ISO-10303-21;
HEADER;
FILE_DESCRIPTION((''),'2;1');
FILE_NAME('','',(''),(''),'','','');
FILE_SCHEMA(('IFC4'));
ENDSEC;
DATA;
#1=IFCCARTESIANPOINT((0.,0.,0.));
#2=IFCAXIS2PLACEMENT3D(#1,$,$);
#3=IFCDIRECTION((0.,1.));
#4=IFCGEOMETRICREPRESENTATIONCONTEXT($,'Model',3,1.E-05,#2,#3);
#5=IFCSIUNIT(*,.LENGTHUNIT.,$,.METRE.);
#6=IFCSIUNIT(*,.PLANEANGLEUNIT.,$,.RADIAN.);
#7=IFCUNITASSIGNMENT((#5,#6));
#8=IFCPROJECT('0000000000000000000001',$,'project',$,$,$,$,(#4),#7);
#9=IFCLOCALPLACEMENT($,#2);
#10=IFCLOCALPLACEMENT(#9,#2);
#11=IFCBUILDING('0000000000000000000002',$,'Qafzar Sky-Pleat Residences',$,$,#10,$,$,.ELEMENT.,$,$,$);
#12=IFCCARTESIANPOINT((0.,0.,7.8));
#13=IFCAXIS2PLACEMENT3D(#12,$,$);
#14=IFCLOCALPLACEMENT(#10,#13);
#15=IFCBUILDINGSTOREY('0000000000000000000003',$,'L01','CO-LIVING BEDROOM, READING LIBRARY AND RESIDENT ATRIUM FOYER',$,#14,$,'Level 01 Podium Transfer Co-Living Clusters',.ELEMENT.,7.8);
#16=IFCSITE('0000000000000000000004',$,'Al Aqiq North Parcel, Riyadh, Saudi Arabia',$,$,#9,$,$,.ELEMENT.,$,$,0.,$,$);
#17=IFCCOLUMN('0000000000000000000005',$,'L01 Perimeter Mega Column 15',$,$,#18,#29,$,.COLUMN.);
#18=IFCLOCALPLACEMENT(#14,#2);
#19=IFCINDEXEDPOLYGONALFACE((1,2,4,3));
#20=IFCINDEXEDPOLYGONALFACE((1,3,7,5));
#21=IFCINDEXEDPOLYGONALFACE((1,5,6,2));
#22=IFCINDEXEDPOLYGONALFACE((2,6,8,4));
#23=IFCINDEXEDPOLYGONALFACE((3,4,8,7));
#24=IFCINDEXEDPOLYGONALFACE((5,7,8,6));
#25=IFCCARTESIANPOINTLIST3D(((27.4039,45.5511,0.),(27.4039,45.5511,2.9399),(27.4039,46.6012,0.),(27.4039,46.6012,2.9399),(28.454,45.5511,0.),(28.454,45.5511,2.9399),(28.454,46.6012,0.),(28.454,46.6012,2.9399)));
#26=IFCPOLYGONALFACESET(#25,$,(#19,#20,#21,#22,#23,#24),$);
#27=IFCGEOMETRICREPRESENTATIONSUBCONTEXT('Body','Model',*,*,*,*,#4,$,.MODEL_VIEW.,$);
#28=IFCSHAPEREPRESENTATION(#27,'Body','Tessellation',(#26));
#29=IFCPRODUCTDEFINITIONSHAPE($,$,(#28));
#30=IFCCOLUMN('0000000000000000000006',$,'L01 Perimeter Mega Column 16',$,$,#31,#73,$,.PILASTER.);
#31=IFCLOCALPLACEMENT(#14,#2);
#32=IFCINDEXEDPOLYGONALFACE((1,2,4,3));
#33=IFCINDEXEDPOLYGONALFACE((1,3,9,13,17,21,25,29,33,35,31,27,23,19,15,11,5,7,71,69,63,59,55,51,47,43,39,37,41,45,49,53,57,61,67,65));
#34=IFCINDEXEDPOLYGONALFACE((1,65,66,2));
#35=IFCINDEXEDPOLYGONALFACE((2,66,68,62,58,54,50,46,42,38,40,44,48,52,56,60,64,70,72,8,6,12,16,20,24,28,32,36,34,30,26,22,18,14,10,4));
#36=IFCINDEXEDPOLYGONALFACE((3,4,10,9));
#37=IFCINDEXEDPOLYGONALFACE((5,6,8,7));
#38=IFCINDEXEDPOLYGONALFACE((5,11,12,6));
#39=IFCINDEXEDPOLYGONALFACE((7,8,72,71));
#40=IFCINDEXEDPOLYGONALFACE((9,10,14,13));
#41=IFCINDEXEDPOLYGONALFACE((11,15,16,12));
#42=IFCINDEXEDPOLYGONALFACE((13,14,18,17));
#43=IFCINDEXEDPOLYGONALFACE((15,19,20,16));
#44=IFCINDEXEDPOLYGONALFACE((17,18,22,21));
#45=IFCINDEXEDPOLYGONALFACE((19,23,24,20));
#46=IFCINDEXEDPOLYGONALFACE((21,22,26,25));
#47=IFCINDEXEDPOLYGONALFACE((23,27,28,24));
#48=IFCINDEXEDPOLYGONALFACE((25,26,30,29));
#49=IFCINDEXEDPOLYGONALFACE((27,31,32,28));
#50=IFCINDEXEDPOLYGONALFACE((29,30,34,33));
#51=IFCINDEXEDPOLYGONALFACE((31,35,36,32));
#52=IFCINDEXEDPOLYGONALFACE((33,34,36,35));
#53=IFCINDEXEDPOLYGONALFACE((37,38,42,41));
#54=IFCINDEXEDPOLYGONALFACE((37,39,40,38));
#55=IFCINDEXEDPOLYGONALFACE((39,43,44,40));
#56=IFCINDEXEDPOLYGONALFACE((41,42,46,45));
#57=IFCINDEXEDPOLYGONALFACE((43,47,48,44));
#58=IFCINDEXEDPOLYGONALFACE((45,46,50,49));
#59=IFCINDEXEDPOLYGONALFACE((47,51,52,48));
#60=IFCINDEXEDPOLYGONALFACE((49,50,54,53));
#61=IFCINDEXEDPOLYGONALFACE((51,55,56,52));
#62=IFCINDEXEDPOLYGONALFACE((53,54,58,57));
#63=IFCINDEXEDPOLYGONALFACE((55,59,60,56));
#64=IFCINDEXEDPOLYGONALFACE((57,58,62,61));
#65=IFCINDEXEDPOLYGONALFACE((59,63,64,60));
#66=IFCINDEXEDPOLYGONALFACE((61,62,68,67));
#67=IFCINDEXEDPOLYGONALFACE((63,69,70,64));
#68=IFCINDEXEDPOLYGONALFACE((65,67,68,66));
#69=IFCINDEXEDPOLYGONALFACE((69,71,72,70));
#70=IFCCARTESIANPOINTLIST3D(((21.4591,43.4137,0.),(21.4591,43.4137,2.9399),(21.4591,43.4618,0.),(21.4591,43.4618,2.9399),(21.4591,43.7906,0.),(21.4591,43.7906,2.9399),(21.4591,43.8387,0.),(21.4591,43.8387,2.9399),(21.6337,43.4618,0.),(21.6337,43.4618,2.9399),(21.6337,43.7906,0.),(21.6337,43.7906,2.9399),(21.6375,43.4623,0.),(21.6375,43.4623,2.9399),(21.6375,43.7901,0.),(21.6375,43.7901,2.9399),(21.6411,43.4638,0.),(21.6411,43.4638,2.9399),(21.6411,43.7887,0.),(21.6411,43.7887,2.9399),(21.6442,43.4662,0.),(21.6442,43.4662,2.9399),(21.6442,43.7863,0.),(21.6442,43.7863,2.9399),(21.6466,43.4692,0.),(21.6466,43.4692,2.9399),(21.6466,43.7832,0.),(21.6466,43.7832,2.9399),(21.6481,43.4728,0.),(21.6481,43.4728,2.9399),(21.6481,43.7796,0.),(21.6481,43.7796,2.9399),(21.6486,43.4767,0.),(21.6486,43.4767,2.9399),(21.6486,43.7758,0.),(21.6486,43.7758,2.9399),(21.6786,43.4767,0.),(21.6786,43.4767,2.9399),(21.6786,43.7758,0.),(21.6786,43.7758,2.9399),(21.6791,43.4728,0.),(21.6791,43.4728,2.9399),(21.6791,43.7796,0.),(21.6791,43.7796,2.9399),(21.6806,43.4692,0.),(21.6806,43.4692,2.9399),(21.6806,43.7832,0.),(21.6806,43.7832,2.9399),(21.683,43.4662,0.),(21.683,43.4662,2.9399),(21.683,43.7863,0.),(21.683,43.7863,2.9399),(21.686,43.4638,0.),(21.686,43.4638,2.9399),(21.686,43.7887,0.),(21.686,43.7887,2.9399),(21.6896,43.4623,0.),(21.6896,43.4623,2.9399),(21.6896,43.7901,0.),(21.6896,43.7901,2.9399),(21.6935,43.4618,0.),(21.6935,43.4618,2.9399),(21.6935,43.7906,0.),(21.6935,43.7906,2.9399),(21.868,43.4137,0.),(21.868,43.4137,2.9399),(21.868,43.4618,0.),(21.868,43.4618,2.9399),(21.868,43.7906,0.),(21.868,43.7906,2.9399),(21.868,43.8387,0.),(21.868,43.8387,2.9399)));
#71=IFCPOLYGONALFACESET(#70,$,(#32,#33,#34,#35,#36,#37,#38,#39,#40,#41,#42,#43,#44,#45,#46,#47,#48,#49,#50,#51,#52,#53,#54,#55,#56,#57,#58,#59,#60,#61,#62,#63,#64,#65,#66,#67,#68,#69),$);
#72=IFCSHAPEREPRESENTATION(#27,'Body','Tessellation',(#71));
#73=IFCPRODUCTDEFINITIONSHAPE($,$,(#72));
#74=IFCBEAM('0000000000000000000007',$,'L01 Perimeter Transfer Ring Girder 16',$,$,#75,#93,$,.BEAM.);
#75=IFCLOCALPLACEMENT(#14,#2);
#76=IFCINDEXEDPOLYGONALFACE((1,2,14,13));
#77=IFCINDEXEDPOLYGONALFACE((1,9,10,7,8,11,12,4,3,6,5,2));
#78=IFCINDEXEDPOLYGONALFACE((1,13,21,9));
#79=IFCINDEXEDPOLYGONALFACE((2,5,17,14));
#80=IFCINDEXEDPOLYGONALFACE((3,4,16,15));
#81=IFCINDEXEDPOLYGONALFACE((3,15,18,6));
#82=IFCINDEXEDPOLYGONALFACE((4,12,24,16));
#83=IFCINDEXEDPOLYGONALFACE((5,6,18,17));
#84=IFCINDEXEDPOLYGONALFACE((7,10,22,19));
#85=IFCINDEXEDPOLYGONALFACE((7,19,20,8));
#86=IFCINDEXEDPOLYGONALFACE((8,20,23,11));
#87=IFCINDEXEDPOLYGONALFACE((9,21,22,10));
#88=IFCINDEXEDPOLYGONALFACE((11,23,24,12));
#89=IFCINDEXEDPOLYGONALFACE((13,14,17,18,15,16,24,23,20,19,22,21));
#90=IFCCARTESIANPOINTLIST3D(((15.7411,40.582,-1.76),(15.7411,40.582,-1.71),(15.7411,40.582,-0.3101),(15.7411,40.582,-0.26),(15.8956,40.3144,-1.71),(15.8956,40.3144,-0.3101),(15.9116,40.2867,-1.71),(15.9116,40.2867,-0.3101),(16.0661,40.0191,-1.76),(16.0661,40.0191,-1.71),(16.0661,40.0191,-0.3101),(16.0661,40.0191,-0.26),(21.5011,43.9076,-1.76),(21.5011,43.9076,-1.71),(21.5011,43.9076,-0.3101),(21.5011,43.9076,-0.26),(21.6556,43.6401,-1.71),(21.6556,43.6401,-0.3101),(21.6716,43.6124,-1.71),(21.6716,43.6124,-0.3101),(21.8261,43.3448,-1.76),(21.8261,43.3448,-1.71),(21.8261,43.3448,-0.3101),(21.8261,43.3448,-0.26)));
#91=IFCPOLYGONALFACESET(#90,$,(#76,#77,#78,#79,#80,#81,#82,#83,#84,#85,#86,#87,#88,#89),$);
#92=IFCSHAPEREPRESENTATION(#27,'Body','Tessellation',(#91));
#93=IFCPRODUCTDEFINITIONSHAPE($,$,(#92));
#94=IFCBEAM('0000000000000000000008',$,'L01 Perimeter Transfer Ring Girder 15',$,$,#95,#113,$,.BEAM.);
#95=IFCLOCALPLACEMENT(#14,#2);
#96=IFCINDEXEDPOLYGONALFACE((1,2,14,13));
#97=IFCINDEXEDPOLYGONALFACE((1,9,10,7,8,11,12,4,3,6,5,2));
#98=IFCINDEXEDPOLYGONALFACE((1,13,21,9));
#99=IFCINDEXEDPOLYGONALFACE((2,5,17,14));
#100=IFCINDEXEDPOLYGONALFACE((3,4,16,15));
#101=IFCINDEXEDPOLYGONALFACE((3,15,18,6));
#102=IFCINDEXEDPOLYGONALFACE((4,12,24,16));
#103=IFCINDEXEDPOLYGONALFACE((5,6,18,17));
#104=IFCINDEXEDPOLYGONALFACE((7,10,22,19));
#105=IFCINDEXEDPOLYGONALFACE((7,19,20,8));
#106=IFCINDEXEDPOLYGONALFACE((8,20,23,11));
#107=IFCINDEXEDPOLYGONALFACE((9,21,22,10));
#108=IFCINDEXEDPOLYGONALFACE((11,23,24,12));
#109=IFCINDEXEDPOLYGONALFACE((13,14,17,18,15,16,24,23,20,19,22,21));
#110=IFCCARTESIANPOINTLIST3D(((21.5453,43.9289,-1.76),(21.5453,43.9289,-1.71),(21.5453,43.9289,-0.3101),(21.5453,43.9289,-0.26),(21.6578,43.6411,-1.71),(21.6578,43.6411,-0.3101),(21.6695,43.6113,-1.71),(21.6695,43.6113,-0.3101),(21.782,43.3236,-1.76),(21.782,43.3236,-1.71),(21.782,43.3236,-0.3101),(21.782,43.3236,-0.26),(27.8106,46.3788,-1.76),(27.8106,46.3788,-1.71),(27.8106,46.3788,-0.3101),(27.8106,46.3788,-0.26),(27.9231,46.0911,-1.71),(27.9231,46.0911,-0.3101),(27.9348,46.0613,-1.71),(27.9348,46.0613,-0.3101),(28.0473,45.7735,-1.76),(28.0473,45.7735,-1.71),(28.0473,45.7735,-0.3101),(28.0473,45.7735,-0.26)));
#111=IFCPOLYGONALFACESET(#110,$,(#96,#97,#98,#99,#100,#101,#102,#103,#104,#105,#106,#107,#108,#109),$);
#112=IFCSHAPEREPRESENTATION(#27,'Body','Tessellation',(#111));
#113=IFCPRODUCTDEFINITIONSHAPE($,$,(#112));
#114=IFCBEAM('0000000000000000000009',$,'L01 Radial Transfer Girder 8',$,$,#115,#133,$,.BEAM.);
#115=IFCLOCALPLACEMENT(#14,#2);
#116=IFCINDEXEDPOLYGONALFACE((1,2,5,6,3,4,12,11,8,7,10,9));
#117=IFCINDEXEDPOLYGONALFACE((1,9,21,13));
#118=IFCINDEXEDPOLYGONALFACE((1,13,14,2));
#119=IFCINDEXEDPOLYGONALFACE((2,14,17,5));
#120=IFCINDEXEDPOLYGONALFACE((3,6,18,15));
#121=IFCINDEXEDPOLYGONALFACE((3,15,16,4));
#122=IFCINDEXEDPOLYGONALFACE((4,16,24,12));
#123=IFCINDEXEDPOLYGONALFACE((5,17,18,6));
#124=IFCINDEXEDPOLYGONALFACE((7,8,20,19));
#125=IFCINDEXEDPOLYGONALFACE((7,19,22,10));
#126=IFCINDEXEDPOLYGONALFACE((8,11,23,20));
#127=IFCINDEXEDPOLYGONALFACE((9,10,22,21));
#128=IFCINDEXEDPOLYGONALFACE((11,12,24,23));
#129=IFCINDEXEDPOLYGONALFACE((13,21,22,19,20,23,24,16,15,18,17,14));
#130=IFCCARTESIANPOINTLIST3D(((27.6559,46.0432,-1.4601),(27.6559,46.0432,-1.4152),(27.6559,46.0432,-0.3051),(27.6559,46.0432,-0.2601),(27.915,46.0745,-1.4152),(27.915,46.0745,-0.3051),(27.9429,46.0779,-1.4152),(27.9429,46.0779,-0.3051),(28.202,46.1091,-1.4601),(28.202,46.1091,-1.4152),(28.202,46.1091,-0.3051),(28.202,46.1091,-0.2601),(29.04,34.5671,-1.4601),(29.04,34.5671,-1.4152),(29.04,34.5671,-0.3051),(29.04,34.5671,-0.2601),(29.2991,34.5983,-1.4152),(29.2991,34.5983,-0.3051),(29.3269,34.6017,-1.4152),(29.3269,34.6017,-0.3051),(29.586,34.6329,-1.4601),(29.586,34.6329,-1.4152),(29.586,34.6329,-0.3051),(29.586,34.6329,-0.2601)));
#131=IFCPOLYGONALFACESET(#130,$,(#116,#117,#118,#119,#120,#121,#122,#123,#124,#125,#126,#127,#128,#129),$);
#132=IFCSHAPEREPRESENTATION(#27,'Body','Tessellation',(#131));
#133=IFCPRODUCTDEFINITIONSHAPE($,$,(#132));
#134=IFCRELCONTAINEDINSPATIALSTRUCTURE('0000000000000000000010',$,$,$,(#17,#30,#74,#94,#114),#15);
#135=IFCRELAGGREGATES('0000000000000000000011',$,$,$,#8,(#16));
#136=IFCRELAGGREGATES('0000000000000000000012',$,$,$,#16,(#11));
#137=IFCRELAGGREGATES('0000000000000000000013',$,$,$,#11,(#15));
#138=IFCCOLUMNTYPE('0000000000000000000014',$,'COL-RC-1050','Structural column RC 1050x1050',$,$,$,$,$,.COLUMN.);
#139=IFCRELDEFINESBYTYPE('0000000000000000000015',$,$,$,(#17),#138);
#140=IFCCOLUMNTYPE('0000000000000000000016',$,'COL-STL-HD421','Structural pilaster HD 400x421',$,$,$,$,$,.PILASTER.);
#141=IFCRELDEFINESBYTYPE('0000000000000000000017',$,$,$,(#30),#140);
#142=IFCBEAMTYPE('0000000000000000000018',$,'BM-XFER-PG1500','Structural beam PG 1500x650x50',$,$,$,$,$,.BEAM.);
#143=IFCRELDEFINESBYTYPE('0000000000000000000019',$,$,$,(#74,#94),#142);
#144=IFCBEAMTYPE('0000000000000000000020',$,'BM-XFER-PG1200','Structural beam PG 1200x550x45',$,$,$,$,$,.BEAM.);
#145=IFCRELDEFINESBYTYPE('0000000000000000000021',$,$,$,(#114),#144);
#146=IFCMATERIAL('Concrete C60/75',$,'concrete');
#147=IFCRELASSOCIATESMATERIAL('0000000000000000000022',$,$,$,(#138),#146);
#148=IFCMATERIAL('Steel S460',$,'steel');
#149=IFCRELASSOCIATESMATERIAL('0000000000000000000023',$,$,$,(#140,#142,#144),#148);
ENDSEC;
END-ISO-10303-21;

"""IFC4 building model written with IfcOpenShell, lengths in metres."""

from ifc_helpers import new_model, si_unit, direction, frame, origin, origin_2d, place, context, subcontext, project, spatial, rectangle, i_section, extrude, source, transform, mapped, material, material_profile, profile_set, type_object, element, save


model = new_model("IFC4")

# Units and contexts
model_context = context("Model", 3, precision=1e-05, world=origin(), true_north=direction((0.0, 1.0)))
body_context = subcontext(model_context, "Body", "Model", "MODEL_VIEW")
ifc_project = project(units=[si_unit("LENGTHUNIT", "METRE"), si_unit("PLANEANGLEUNIT", "RADIAN")], contexts=[model_context])

# Site, building, storey
site_placement = place(None, origin())
site = spatial("IfcSite", under=ifc_project, at=site_placement, Name="Al Aqiq North Parcel, Riyadh, Saudi Arabia", CompositionType="ELEMENT", RefElevation=0.0)
building_placement = place(site_placement, origin())
building = spatial("IfcBuilding", under=site, at=building_placement, Name="Qafzar Sky-Pleat Residences", CompositionType="ELEMENT")
storey_placement = place(building_placement, frame((0.0, 0.0, 7.8)))
storey = spatial("IfcBuildingStorey", under=building, at=storey_placement, Name="L01", Description="CO-LIVING BEDROOM, READING LIBRARY AND RESIDENT ATRIUM FOYER", LongName="Level 01 Podium Transfer Co-Living Clusters", CompositionType="ELEMENT", Elevation=7.8)

# Columns
ifc_material_1 = material(Name="Concrete C60/75", Category="concrete")
ifc_material_profile_1 = material_profile(ifc_material_1, rectangle(XDim=1.05, YDim=1.05, at=origin_2d()), Name="RC 1050x1050")
ifc_profile_set_1 = profile_set([ifc_material_profile_1], Name="Concrete C60/75")
column_type_1 = type_object("IfcColumnType", Name="COL-RC-1050", Description="Structural column RC 1050x1050", PredefinedType="COLUMN", material=ifc_profile_set_1)
shared_shape_1 = source(origin(), body_context, "Body", "SweptSolid", [
    extrude(rectangle(XDim=1.05, YDim=1.05, at=origin_2d()), origin(), (0.0, 0.0, 1.0), 2.9399),
])
column_1_placement = place(storey_placement, frame((27.929, 46.0762, 0.0), z_axis=(0.0, 0.0, 1.0), x_axis=(1.0, 0.0, 0.0)))
element("IfcColumn", 1, at=column_1_placement, inside=storey, type_object=column_type_1, Name="L01 Perimeter Mega Column 15", PredefinedType="COLUMN", context=body_context, shape_type="MappedRepresentation", body=[
    mapped(shared_shape_1, transform((0.0, 0.0, 0.0), x_axis=(1.0, 0.0, 0.0), y_axis=(0.0, 1.0, 0.0), z_axis=(0.0, 0.0, 1.0), scale=1.0)),
])
ifc_material_2 = material(Name="Steel S460", Category="steel")
ifc_material_profile_2 = material_profile(ifc_material_2, i_section(OverallWidth=0.4089, OverallDepth=0.425, WebThickness=0.03, FlangeThickness=0.0481, FilletRadius=0.0149, at=origin_2d()), Name="HD 400x421")
ifc_profile_set_2 = profile_set([ifc_material_profile_2], Name="Steel S460")
column_type_2 = type_object("IfcColumnType", Name="COL-STL-HD421", Description="Structural pilaster HD 400x421", PredefinedType="PILASTER", material=ifc_profile_set_2)
shared_shape_2 = source(origin(), body_context, "Body", "SweptSolid", [
    extrude(i_section(OverallWidth=0.4089, OverallDepth=0.425, WebThickness=0.03, FlangeThickness=0.0481, FilletRadius=0.0149, at=origin_2d()), origin(), (0.0, 0.0, 1.0), 2.9399),
])
column_2_placement = place(storey_placement, frame((21.6636, 43.6262, 0.0), z_axis=(0.0, 0.0, 1.0), x_axis=(1.0, 0.0, 0.0)))
element("IfcColumn", 2, at=column_2_placement, inside=storey, type_object=column_type_2, Name="L01 Perimeter Mega Column 16", PredefinedType="PILASTER", context=body_context, shape_type="MappedRepresentation", body=[
    mapped(shared_shape_2, transform((0.0, 0.0, 0.0), x_axis=(1.0, 0.0, 0.0), y_axis=(0.0, 1.0, 0.0), z_axis=(0.0, 0.0, 1.0), scale=1.0)),
])

# Beams
ifc_material_profile_3 = material_profile(ifc_material_2, i_section(OverallWidth=0.6499, OverallDepth=1.5, WebThickness=0.032, FlangeThickness=0.05, at=origin_2d()), Name="PG 1500x650x50")
ifc_profile_set_3 = profile_set([ifc_material_profile_3], Name="Steel S460")
beam_type_1 = type_object("IfcBeamType", Name="BM-XFER-PG1500", Description="Structural beam PG 1500x650x50", PredefinedType="BEAM", material=ifc_profile_set_3)
shared_shape_3 = source(origin(), body_context, "Body", "SweptSolid", [
    extrude(i_section(OverallWidth=0.6499, OverallDepth=1.5, WebThickness=0.032, FlangeThickness=0.05, at=origin_2d()), origin(), (0.0, 0.0, 1.0), 6.6511),
])
beam_1_placement = place(storey_placement, frame((21.6636, 43.6262, -1.01), z_axis=(-0.866016, -0.500016, 0.0), x_axis=(0.500016, -0.866016, 0.0)))
element("IfcBeam", 3, at=beam_1_placement, inside=storey, type_object=beam_type_1, Name="L01 Perimeter Transfer Ring Girder 16", PredefinedType="BEAM", context=body_context, shape_type="MappedRepresentation", body=[
    mapped(shared_shape_3, transform((0.0, 0.0, 0.0), x_axis=(1.0, 0.0, 0.0), y_axis=(0.0, 1.0, 0.0), z_axis=(0.0, 0.0, 1.0), scale=1.0)),
])
shared_shape_4 = source(origin(), body_context, "Body", "SweptSolid", [
    extrude(i_section(OverallWidth=0.6499, OverallDepth=1.5, WebThickness=0.032, FlangeThickness=0.05, at=origin_2d()), origin(), (0.0, 0.0, 1.0), 6.7273),
])
beam_2_placement = place(storey_placement, frame((27.929, 46.0762, -1.01), z_axis=(-0.931329, -0.364178, 0.0), x_axis=(0.364178, -0.931329, 0.0)))
element("IfcBeam", 4, at=beam_2_placement, inside=storey, type_object=beam_type_1, Name="L01 Perimeter Transfer Ring Girder 15", PredefinedType="BEAM", context=body_context, shape_type="MappedRepresentation", body=[
    mapped(shared_shape_4, transform((0.0, 0.0, 0.0), x_axis=(1.0, 0.0, 0.0), y_axis=(0.0, 1.0, 0.0), z_axis=(0.0, 0.0, 1.0), scale=1.0)),
])
ifc_material_profile_4 = material_profile(ifc_material_2, i_section(OverallWidth=0.55, OverallDepth=1.2, WebThickness=0.0281, FlangeThickness=0.0449, at=origin_2d()), Name="PG 1200x550x45")
ifc_profile_set_4 = profile_set([ifc_material_profile_4], Name="Steel S460")
beam_type_2 = type_object("IfcBeamType", Name="BM-XFER-PG1200", Description="Structural beam PG 1200x550x45", PredefinedType="BEAM", material=ifc_profile_set_4)
shared_shape_5 = source(origin(), body_context, "Body", "SweptSolid", [
    extrude(i_section(OverallWidth=0.55, OverallDepth=1.2, WebThickness=0.0281, FlangeThickness=0.0449, at=origin_2d()), origin(), (0.0, 0.0, 1.0), 11.5593),
])
beam_3_placement = place(storey_placement, frame((27.929, 46.0762, -0.8601), z_axis=(0.119734, -0.992806, 0.0), x_axis=(0.992806, 0.119734, 0.0)))
element("IfcBeam", 5, at=beam_3_placement, inside=storey, type_object=beam_type_2, Name="L01 Radial Transfer Girder 8", PredefinedType="BEAM", context=body_context, shape_type="MappedRepresentation", body=[
    mapped(shared_shape_5, transform((0.0, 0.0, 0.0), x_axis=(1.0, 0.0, 0.0), y_axis=(0.0, 1.0, 0.0), z_axis=(0.0, 0.0, 1.0), scale=1.0)),
])

save(model, "model.ifc")
